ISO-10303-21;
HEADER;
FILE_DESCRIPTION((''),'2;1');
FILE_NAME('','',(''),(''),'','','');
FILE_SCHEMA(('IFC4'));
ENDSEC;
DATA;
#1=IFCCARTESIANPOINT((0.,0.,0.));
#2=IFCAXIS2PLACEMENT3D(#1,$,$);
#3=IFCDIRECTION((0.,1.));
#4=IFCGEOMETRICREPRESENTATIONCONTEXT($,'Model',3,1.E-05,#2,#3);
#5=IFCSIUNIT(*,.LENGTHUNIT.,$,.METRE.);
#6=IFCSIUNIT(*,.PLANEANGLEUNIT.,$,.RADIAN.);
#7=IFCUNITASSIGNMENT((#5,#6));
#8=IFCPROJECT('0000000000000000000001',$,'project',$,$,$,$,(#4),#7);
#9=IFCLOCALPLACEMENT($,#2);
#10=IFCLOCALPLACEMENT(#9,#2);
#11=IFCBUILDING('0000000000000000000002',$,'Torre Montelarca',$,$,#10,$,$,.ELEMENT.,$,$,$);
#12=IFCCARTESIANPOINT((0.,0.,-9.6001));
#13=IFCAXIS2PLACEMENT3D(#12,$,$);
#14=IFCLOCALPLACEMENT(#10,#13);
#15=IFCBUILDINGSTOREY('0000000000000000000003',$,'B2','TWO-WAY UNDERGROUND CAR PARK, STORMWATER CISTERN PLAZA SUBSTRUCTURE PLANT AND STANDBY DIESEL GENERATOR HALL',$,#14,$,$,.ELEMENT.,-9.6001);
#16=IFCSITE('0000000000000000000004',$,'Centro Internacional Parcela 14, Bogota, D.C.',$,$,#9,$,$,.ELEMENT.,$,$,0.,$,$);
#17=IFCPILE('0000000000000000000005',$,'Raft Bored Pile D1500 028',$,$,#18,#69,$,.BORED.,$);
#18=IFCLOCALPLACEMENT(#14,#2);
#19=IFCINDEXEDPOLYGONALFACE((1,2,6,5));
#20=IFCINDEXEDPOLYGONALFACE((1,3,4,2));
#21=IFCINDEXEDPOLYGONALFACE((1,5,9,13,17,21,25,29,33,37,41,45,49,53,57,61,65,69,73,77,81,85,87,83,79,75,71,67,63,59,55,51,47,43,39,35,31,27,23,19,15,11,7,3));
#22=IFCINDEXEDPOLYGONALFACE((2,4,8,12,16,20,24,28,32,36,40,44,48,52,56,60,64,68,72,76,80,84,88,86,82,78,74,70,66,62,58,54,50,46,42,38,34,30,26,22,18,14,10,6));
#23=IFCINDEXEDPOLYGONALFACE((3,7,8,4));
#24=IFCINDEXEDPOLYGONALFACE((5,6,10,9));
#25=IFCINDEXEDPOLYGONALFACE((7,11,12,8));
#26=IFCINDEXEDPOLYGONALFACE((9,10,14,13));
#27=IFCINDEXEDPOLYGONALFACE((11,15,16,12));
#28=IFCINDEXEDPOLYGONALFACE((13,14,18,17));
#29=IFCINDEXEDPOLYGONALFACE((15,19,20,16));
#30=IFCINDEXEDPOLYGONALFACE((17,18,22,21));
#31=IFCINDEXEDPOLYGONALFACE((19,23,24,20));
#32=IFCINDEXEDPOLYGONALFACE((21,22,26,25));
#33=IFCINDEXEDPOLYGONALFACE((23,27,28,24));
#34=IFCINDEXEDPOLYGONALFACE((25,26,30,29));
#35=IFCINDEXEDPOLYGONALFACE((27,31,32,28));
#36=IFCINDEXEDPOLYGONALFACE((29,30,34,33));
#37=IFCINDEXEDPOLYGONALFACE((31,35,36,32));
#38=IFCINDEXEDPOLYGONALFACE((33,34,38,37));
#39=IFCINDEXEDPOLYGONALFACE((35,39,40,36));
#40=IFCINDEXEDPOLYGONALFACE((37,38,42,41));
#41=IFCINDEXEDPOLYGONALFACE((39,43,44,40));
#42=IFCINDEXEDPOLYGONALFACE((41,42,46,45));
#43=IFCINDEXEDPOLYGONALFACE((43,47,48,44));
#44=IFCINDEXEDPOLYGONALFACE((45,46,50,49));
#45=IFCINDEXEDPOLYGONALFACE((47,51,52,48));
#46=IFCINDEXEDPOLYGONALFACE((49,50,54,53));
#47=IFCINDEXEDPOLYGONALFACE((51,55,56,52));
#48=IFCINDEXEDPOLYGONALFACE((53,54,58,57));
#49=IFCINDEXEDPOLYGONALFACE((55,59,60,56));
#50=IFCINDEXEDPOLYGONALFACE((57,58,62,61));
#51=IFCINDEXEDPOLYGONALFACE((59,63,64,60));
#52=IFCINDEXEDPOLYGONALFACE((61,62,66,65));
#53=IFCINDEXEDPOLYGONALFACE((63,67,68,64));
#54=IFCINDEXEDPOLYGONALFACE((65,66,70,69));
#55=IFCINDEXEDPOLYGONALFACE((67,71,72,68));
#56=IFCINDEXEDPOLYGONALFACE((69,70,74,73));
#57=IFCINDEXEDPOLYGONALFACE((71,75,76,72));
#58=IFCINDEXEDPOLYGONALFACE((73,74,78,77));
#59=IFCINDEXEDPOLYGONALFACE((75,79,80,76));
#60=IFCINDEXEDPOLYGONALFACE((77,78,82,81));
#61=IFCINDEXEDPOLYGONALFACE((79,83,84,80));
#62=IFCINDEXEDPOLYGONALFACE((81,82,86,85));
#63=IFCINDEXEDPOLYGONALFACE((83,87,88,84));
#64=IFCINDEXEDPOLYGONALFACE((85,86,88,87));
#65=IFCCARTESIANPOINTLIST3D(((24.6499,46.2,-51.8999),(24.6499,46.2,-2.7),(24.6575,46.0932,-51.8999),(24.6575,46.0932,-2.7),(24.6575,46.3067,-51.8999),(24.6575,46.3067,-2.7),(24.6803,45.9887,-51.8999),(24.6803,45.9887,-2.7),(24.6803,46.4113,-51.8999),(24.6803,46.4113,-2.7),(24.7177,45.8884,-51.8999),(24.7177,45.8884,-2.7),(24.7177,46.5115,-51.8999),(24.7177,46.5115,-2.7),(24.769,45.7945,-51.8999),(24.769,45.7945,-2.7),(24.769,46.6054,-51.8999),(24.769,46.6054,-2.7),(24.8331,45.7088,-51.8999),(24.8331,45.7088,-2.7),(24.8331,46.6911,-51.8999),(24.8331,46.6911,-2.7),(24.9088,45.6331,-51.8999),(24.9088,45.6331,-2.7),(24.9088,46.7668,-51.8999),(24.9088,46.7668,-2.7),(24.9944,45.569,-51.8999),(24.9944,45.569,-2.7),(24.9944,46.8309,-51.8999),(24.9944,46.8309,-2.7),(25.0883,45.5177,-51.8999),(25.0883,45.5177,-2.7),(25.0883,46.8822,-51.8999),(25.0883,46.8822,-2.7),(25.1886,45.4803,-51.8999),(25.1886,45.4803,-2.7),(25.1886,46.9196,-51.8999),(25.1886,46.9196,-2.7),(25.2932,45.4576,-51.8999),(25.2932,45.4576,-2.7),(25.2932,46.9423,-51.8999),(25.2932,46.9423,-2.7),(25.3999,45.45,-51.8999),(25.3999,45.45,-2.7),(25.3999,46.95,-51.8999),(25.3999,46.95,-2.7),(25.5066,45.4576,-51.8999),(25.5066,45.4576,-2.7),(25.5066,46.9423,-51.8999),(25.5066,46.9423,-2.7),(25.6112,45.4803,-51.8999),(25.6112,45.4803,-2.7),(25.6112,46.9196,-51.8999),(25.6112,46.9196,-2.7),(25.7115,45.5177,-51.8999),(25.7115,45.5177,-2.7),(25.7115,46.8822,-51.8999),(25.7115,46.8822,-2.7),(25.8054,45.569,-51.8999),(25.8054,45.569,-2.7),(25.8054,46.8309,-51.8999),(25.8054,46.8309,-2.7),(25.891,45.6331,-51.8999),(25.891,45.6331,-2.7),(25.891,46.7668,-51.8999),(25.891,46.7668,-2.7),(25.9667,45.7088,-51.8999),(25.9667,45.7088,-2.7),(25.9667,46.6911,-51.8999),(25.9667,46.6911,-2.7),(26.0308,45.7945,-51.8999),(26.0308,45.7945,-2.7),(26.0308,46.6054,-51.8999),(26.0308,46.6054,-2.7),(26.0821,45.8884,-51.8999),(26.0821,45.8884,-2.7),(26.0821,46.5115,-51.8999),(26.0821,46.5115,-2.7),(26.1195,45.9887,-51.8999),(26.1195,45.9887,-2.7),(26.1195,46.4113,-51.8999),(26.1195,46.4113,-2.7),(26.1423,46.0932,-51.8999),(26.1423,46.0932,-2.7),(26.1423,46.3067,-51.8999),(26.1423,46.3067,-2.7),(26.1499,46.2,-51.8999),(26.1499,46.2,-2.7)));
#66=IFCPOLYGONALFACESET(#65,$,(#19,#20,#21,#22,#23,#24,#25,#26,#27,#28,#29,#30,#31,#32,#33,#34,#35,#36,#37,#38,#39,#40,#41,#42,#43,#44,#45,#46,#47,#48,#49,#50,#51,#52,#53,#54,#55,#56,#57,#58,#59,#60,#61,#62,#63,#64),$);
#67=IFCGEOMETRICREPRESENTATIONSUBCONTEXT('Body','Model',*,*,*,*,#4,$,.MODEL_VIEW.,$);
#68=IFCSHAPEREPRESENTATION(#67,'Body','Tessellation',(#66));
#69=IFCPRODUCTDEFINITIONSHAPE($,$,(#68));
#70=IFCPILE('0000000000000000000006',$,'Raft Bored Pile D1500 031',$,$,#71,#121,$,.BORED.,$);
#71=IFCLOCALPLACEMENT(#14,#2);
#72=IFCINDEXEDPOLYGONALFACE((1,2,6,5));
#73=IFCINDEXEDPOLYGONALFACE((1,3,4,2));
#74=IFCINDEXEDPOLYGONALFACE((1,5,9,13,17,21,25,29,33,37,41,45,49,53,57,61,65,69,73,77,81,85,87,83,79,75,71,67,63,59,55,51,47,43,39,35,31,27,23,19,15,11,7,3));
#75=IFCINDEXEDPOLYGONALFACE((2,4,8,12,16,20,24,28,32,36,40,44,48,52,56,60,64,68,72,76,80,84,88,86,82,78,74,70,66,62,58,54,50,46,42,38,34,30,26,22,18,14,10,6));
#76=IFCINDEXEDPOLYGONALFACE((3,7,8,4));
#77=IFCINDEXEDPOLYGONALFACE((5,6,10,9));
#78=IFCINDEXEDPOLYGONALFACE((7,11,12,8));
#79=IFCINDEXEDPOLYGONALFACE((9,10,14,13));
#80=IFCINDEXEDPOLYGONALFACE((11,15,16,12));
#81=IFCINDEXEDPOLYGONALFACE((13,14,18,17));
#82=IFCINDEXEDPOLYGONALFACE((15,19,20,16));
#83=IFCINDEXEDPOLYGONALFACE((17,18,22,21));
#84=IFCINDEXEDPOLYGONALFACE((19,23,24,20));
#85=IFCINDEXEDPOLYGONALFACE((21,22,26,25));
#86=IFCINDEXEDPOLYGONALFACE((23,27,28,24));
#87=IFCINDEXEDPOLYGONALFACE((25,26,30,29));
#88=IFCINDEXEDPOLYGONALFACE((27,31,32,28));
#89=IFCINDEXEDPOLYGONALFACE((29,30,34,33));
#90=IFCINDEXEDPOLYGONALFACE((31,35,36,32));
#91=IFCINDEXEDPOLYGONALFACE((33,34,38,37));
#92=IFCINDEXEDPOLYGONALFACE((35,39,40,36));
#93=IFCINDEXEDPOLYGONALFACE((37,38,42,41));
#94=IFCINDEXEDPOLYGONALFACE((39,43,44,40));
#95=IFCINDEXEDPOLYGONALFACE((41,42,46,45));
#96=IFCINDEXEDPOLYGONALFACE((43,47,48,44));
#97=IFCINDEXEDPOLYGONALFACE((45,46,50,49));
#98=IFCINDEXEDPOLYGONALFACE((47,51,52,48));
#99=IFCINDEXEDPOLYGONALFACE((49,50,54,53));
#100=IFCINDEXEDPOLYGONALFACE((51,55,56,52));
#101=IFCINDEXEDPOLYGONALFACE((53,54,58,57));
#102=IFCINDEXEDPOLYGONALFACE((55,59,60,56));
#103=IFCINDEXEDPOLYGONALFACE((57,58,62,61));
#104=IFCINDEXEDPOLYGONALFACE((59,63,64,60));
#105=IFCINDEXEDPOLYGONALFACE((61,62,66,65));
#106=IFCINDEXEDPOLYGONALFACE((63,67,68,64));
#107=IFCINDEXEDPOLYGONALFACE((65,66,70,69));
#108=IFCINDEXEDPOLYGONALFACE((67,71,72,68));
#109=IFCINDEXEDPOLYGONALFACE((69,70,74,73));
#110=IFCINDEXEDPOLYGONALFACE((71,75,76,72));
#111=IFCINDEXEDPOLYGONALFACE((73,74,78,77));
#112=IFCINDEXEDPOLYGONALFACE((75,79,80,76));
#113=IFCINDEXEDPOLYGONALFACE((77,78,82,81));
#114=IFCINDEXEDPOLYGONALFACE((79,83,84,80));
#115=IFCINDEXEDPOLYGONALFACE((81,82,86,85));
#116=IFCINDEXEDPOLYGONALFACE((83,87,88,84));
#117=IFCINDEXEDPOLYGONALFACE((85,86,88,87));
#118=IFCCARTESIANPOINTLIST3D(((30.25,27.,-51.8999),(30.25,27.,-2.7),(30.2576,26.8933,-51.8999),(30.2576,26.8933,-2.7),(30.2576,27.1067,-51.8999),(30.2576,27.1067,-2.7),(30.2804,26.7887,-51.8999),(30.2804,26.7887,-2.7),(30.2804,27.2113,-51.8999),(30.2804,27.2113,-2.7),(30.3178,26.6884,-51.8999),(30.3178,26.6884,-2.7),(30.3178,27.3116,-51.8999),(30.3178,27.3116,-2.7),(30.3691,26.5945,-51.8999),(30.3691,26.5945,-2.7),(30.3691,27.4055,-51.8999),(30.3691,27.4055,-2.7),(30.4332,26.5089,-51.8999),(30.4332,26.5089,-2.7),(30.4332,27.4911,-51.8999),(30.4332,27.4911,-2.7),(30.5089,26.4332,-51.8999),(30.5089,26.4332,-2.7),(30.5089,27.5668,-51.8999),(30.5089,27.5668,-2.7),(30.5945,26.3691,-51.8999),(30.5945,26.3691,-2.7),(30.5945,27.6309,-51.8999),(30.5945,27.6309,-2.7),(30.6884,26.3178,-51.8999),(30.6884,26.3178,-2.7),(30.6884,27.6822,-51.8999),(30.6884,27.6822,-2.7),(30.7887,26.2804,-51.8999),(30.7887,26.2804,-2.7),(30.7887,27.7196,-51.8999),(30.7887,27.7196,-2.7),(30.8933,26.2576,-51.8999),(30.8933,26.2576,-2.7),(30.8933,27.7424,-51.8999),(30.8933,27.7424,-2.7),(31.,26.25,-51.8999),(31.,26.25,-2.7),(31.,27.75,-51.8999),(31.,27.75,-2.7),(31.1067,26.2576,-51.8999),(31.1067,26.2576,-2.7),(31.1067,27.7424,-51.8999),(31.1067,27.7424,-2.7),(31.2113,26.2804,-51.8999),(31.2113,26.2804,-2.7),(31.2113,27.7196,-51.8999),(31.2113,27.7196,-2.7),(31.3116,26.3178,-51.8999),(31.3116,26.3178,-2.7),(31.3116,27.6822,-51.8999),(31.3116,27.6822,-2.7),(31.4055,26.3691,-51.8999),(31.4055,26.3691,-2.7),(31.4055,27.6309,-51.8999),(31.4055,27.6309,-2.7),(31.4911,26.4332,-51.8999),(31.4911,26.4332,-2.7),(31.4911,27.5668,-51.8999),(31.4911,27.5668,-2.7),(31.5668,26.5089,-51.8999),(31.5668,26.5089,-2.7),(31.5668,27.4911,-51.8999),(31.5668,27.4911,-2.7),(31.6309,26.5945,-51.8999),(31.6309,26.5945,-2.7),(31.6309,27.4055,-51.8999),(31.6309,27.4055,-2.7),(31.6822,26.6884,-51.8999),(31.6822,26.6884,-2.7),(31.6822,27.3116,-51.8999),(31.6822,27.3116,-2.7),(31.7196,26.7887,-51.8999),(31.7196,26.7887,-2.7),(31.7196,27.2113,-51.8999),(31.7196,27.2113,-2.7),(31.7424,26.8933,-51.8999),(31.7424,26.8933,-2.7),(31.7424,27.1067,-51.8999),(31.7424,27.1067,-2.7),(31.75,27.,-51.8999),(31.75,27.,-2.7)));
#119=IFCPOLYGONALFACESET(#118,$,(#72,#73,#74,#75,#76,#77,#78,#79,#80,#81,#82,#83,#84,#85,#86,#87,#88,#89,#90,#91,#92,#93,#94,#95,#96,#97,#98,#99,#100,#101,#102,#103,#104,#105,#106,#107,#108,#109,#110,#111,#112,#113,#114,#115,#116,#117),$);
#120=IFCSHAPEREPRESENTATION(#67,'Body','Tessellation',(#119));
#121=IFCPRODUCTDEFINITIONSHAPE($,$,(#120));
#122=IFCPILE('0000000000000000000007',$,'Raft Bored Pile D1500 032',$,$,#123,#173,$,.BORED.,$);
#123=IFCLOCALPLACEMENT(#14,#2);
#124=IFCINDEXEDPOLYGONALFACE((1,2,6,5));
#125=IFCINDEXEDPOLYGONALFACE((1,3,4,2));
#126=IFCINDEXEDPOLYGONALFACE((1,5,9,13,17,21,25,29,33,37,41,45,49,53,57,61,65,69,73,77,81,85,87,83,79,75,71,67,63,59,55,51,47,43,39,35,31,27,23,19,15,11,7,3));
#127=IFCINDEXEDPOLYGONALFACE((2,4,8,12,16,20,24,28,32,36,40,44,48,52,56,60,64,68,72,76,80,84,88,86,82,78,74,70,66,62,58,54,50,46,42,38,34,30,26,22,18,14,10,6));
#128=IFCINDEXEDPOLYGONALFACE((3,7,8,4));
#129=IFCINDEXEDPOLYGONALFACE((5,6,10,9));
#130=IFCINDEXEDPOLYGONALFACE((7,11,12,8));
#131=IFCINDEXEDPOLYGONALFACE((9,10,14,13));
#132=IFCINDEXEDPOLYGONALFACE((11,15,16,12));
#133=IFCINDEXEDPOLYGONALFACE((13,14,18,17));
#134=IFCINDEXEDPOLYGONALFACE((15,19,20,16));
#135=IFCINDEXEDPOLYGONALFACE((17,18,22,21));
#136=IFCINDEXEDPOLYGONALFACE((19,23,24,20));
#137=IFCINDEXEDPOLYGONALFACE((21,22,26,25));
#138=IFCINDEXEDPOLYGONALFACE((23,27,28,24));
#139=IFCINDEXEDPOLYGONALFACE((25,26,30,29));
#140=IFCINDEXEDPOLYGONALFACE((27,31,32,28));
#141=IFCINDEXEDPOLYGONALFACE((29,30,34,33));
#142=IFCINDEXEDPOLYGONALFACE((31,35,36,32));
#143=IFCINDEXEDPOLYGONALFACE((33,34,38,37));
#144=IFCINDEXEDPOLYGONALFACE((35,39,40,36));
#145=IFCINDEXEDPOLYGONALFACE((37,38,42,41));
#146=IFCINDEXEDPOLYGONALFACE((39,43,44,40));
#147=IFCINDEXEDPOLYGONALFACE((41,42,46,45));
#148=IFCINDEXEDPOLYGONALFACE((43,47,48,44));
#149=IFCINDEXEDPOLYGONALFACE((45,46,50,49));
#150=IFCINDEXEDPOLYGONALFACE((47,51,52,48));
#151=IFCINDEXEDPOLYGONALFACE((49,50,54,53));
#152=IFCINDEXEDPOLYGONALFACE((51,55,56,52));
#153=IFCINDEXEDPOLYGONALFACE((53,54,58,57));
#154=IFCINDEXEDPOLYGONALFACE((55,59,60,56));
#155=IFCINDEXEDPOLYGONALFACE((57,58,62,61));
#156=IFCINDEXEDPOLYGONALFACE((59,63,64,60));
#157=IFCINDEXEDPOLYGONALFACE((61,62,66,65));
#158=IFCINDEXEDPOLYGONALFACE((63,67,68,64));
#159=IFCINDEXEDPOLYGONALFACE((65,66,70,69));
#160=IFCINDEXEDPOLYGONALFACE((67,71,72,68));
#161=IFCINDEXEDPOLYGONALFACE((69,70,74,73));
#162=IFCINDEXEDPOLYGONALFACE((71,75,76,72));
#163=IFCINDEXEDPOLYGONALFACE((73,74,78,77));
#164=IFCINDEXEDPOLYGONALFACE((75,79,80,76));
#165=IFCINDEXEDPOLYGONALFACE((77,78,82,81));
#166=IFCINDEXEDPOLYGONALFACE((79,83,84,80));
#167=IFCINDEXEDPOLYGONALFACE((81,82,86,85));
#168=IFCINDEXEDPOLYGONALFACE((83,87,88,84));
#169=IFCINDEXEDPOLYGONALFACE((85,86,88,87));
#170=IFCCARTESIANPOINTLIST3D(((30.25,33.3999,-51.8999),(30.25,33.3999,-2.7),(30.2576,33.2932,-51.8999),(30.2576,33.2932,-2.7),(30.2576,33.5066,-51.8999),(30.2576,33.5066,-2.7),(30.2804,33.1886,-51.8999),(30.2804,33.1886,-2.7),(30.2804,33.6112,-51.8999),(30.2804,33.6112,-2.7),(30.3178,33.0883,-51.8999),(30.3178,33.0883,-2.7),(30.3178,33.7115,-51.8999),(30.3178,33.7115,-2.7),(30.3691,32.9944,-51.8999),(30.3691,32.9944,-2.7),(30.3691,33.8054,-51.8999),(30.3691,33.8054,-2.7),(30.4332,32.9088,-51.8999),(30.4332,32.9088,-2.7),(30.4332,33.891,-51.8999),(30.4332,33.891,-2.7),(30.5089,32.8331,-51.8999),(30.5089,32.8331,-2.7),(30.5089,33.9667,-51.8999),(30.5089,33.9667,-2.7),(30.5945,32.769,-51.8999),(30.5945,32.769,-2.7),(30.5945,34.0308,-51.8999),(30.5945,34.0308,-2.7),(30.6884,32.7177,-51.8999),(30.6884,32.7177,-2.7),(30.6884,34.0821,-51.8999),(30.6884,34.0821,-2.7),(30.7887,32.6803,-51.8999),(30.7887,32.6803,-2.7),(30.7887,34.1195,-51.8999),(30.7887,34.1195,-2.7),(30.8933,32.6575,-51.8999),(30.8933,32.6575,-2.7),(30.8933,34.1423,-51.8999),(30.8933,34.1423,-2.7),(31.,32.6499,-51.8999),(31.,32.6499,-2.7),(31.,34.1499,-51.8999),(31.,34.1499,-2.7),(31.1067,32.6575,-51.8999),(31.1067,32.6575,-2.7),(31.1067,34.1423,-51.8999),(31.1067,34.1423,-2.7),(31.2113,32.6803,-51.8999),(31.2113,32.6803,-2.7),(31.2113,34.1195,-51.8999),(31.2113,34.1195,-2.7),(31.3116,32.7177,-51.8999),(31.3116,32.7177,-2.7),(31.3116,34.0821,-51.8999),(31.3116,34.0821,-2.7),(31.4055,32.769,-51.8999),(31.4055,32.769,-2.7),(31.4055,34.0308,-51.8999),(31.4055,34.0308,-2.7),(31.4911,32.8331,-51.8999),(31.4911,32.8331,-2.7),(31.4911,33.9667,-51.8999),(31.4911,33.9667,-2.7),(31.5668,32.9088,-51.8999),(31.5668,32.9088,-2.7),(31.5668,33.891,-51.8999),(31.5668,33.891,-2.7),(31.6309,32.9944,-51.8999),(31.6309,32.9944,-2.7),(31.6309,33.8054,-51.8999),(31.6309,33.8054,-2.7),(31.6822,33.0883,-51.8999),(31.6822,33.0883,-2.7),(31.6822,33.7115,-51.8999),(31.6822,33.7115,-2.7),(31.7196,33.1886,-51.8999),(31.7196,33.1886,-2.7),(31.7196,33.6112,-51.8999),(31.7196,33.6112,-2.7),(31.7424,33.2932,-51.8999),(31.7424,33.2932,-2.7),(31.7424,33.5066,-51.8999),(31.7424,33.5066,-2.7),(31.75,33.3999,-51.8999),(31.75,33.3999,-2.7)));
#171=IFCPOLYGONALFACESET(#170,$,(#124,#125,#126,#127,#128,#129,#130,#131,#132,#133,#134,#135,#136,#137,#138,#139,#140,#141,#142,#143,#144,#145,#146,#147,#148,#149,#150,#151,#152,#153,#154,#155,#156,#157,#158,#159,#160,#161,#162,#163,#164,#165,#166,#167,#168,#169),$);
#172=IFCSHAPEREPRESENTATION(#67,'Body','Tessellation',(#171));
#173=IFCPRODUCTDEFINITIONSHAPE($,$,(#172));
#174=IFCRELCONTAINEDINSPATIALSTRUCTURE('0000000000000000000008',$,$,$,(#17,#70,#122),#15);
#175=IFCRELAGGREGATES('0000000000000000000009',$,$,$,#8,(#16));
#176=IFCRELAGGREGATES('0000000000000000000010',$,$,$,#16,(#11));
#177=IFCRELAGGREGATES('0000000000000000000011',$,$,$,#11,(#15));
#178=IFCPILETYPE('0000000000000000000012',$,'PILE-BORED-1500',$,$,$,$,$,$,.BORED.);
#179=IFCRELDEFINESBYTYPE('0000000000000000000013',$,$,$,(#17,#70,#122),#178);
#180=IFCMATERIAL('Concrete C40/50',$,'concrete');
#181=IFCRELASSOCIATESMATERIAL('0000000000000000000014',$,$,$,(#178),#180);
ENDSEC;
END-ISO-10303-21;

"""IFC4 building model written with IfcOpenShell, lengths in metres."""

from ifc_helpers import new_model, si_unit, direction, frame, origin, origin_2d, place, context, subcontext, project, spatial, circle, extrude, source, transform, mapped, material, material_profile, profile_set, type_object, element, save


model = new_model("IFC4")

# Units and contexts
model_context = context("Model", 3, precision=1e-05, world=origin(), true_north=direction((0.0, 1.0)))
body_context = subcontext(model_context, "Body", "Model", "MODEL_VIEW")
ifc_project = project(units=[si_unit("LENGTHUNIT", "METRE"), si_unit("PLANEANGLEUNIT", "RADIAN")], contexts=[model_context])

# Site, building, storey
site_placement = place(None, origin())
site = spatial("IfcSite", under=ifc_project, at=site_placement, Name="Centro Internacional Parcela 14, Bogota, D.C.", CompositionType="ELEMENT", RefElevation=0.0)
building_placement = place(site_placement, origin())
building = spatial("IfcBuilding", under=site, at=building_placement, Name="Torre Montelarca", CompositionType="ELEMENT")
storey_placement = place(building_placement, frame((0.0, 0.0, -9.6001)))
storey = spatial("IfcBuildingStorey", under=building, at=storey_placement, Name="B2", Description="TWO-WAY UNDERGROUND CAR PARK, STORMWATER CISTERN PLAZA SUBSTRUCTURE PLANT AND STANDBY DIESEL GENERATOR HALL", CompositionType="ELEMENT", Elevation=-9.6001)

# Piles
ifc_material_1 = material(Name="Concrete C40/50", Category="concrete")
ifc_material_profile_1 = material_profile(ifc_material_1, circle(Radius=0.75, at=origin_2d()), Name="PILE-D1500", Category="concrete")
ifc_profile_set_1 = profile_set([ifc_material_profile_1], Name="Concrete C40/50")
pile_type = type_object("IfcPileType", Name="PILE-BORED-1500", PredefinedType="BORED", material=ifc_profile_set_1)
shared_shape_1 = source(origin(), body_context, "Body", "SweptSolid", [
    extrude(circle(Radius=0.75, at=origin_2d()), origin(), (0.0, 0.0, 1.0), 49.2),
])
for number, where, z_axis, x_axis, name in (
    (1, (25.3999, 46.2, -2.7), (0.0, 0.0, -1.0), (1.0, 0.0, 0.0), "Raft Bored Pile D1500 028"),
    (2, (31.0, 27.0, -2.7), (0.0, 0.0, -1.0), (1.0, 0.0, 0.0), "Raft Bored Pile D1500 031"),
    (3, (31.0, 33.3999, -2.7), (0.0, 0.0, -1.0), (1.0, 0.0, 0.0), "Raft Bored Pile D1500 032"),
):
    element("IfcPile", number, at=place(storey_placement, frame(where, z_axis=z_axis, x_axis=x_axis)), inside=storey, type_object=pile_type, Name=name, PredefinedType="BORED", context=body_context, shape_type="MappedRepresentation", body=[
        mapped(shared_shape_1, transform((0.0, 0.0, 0.0), scale=1.0)),
    ])

save(model, "model.ifc")
